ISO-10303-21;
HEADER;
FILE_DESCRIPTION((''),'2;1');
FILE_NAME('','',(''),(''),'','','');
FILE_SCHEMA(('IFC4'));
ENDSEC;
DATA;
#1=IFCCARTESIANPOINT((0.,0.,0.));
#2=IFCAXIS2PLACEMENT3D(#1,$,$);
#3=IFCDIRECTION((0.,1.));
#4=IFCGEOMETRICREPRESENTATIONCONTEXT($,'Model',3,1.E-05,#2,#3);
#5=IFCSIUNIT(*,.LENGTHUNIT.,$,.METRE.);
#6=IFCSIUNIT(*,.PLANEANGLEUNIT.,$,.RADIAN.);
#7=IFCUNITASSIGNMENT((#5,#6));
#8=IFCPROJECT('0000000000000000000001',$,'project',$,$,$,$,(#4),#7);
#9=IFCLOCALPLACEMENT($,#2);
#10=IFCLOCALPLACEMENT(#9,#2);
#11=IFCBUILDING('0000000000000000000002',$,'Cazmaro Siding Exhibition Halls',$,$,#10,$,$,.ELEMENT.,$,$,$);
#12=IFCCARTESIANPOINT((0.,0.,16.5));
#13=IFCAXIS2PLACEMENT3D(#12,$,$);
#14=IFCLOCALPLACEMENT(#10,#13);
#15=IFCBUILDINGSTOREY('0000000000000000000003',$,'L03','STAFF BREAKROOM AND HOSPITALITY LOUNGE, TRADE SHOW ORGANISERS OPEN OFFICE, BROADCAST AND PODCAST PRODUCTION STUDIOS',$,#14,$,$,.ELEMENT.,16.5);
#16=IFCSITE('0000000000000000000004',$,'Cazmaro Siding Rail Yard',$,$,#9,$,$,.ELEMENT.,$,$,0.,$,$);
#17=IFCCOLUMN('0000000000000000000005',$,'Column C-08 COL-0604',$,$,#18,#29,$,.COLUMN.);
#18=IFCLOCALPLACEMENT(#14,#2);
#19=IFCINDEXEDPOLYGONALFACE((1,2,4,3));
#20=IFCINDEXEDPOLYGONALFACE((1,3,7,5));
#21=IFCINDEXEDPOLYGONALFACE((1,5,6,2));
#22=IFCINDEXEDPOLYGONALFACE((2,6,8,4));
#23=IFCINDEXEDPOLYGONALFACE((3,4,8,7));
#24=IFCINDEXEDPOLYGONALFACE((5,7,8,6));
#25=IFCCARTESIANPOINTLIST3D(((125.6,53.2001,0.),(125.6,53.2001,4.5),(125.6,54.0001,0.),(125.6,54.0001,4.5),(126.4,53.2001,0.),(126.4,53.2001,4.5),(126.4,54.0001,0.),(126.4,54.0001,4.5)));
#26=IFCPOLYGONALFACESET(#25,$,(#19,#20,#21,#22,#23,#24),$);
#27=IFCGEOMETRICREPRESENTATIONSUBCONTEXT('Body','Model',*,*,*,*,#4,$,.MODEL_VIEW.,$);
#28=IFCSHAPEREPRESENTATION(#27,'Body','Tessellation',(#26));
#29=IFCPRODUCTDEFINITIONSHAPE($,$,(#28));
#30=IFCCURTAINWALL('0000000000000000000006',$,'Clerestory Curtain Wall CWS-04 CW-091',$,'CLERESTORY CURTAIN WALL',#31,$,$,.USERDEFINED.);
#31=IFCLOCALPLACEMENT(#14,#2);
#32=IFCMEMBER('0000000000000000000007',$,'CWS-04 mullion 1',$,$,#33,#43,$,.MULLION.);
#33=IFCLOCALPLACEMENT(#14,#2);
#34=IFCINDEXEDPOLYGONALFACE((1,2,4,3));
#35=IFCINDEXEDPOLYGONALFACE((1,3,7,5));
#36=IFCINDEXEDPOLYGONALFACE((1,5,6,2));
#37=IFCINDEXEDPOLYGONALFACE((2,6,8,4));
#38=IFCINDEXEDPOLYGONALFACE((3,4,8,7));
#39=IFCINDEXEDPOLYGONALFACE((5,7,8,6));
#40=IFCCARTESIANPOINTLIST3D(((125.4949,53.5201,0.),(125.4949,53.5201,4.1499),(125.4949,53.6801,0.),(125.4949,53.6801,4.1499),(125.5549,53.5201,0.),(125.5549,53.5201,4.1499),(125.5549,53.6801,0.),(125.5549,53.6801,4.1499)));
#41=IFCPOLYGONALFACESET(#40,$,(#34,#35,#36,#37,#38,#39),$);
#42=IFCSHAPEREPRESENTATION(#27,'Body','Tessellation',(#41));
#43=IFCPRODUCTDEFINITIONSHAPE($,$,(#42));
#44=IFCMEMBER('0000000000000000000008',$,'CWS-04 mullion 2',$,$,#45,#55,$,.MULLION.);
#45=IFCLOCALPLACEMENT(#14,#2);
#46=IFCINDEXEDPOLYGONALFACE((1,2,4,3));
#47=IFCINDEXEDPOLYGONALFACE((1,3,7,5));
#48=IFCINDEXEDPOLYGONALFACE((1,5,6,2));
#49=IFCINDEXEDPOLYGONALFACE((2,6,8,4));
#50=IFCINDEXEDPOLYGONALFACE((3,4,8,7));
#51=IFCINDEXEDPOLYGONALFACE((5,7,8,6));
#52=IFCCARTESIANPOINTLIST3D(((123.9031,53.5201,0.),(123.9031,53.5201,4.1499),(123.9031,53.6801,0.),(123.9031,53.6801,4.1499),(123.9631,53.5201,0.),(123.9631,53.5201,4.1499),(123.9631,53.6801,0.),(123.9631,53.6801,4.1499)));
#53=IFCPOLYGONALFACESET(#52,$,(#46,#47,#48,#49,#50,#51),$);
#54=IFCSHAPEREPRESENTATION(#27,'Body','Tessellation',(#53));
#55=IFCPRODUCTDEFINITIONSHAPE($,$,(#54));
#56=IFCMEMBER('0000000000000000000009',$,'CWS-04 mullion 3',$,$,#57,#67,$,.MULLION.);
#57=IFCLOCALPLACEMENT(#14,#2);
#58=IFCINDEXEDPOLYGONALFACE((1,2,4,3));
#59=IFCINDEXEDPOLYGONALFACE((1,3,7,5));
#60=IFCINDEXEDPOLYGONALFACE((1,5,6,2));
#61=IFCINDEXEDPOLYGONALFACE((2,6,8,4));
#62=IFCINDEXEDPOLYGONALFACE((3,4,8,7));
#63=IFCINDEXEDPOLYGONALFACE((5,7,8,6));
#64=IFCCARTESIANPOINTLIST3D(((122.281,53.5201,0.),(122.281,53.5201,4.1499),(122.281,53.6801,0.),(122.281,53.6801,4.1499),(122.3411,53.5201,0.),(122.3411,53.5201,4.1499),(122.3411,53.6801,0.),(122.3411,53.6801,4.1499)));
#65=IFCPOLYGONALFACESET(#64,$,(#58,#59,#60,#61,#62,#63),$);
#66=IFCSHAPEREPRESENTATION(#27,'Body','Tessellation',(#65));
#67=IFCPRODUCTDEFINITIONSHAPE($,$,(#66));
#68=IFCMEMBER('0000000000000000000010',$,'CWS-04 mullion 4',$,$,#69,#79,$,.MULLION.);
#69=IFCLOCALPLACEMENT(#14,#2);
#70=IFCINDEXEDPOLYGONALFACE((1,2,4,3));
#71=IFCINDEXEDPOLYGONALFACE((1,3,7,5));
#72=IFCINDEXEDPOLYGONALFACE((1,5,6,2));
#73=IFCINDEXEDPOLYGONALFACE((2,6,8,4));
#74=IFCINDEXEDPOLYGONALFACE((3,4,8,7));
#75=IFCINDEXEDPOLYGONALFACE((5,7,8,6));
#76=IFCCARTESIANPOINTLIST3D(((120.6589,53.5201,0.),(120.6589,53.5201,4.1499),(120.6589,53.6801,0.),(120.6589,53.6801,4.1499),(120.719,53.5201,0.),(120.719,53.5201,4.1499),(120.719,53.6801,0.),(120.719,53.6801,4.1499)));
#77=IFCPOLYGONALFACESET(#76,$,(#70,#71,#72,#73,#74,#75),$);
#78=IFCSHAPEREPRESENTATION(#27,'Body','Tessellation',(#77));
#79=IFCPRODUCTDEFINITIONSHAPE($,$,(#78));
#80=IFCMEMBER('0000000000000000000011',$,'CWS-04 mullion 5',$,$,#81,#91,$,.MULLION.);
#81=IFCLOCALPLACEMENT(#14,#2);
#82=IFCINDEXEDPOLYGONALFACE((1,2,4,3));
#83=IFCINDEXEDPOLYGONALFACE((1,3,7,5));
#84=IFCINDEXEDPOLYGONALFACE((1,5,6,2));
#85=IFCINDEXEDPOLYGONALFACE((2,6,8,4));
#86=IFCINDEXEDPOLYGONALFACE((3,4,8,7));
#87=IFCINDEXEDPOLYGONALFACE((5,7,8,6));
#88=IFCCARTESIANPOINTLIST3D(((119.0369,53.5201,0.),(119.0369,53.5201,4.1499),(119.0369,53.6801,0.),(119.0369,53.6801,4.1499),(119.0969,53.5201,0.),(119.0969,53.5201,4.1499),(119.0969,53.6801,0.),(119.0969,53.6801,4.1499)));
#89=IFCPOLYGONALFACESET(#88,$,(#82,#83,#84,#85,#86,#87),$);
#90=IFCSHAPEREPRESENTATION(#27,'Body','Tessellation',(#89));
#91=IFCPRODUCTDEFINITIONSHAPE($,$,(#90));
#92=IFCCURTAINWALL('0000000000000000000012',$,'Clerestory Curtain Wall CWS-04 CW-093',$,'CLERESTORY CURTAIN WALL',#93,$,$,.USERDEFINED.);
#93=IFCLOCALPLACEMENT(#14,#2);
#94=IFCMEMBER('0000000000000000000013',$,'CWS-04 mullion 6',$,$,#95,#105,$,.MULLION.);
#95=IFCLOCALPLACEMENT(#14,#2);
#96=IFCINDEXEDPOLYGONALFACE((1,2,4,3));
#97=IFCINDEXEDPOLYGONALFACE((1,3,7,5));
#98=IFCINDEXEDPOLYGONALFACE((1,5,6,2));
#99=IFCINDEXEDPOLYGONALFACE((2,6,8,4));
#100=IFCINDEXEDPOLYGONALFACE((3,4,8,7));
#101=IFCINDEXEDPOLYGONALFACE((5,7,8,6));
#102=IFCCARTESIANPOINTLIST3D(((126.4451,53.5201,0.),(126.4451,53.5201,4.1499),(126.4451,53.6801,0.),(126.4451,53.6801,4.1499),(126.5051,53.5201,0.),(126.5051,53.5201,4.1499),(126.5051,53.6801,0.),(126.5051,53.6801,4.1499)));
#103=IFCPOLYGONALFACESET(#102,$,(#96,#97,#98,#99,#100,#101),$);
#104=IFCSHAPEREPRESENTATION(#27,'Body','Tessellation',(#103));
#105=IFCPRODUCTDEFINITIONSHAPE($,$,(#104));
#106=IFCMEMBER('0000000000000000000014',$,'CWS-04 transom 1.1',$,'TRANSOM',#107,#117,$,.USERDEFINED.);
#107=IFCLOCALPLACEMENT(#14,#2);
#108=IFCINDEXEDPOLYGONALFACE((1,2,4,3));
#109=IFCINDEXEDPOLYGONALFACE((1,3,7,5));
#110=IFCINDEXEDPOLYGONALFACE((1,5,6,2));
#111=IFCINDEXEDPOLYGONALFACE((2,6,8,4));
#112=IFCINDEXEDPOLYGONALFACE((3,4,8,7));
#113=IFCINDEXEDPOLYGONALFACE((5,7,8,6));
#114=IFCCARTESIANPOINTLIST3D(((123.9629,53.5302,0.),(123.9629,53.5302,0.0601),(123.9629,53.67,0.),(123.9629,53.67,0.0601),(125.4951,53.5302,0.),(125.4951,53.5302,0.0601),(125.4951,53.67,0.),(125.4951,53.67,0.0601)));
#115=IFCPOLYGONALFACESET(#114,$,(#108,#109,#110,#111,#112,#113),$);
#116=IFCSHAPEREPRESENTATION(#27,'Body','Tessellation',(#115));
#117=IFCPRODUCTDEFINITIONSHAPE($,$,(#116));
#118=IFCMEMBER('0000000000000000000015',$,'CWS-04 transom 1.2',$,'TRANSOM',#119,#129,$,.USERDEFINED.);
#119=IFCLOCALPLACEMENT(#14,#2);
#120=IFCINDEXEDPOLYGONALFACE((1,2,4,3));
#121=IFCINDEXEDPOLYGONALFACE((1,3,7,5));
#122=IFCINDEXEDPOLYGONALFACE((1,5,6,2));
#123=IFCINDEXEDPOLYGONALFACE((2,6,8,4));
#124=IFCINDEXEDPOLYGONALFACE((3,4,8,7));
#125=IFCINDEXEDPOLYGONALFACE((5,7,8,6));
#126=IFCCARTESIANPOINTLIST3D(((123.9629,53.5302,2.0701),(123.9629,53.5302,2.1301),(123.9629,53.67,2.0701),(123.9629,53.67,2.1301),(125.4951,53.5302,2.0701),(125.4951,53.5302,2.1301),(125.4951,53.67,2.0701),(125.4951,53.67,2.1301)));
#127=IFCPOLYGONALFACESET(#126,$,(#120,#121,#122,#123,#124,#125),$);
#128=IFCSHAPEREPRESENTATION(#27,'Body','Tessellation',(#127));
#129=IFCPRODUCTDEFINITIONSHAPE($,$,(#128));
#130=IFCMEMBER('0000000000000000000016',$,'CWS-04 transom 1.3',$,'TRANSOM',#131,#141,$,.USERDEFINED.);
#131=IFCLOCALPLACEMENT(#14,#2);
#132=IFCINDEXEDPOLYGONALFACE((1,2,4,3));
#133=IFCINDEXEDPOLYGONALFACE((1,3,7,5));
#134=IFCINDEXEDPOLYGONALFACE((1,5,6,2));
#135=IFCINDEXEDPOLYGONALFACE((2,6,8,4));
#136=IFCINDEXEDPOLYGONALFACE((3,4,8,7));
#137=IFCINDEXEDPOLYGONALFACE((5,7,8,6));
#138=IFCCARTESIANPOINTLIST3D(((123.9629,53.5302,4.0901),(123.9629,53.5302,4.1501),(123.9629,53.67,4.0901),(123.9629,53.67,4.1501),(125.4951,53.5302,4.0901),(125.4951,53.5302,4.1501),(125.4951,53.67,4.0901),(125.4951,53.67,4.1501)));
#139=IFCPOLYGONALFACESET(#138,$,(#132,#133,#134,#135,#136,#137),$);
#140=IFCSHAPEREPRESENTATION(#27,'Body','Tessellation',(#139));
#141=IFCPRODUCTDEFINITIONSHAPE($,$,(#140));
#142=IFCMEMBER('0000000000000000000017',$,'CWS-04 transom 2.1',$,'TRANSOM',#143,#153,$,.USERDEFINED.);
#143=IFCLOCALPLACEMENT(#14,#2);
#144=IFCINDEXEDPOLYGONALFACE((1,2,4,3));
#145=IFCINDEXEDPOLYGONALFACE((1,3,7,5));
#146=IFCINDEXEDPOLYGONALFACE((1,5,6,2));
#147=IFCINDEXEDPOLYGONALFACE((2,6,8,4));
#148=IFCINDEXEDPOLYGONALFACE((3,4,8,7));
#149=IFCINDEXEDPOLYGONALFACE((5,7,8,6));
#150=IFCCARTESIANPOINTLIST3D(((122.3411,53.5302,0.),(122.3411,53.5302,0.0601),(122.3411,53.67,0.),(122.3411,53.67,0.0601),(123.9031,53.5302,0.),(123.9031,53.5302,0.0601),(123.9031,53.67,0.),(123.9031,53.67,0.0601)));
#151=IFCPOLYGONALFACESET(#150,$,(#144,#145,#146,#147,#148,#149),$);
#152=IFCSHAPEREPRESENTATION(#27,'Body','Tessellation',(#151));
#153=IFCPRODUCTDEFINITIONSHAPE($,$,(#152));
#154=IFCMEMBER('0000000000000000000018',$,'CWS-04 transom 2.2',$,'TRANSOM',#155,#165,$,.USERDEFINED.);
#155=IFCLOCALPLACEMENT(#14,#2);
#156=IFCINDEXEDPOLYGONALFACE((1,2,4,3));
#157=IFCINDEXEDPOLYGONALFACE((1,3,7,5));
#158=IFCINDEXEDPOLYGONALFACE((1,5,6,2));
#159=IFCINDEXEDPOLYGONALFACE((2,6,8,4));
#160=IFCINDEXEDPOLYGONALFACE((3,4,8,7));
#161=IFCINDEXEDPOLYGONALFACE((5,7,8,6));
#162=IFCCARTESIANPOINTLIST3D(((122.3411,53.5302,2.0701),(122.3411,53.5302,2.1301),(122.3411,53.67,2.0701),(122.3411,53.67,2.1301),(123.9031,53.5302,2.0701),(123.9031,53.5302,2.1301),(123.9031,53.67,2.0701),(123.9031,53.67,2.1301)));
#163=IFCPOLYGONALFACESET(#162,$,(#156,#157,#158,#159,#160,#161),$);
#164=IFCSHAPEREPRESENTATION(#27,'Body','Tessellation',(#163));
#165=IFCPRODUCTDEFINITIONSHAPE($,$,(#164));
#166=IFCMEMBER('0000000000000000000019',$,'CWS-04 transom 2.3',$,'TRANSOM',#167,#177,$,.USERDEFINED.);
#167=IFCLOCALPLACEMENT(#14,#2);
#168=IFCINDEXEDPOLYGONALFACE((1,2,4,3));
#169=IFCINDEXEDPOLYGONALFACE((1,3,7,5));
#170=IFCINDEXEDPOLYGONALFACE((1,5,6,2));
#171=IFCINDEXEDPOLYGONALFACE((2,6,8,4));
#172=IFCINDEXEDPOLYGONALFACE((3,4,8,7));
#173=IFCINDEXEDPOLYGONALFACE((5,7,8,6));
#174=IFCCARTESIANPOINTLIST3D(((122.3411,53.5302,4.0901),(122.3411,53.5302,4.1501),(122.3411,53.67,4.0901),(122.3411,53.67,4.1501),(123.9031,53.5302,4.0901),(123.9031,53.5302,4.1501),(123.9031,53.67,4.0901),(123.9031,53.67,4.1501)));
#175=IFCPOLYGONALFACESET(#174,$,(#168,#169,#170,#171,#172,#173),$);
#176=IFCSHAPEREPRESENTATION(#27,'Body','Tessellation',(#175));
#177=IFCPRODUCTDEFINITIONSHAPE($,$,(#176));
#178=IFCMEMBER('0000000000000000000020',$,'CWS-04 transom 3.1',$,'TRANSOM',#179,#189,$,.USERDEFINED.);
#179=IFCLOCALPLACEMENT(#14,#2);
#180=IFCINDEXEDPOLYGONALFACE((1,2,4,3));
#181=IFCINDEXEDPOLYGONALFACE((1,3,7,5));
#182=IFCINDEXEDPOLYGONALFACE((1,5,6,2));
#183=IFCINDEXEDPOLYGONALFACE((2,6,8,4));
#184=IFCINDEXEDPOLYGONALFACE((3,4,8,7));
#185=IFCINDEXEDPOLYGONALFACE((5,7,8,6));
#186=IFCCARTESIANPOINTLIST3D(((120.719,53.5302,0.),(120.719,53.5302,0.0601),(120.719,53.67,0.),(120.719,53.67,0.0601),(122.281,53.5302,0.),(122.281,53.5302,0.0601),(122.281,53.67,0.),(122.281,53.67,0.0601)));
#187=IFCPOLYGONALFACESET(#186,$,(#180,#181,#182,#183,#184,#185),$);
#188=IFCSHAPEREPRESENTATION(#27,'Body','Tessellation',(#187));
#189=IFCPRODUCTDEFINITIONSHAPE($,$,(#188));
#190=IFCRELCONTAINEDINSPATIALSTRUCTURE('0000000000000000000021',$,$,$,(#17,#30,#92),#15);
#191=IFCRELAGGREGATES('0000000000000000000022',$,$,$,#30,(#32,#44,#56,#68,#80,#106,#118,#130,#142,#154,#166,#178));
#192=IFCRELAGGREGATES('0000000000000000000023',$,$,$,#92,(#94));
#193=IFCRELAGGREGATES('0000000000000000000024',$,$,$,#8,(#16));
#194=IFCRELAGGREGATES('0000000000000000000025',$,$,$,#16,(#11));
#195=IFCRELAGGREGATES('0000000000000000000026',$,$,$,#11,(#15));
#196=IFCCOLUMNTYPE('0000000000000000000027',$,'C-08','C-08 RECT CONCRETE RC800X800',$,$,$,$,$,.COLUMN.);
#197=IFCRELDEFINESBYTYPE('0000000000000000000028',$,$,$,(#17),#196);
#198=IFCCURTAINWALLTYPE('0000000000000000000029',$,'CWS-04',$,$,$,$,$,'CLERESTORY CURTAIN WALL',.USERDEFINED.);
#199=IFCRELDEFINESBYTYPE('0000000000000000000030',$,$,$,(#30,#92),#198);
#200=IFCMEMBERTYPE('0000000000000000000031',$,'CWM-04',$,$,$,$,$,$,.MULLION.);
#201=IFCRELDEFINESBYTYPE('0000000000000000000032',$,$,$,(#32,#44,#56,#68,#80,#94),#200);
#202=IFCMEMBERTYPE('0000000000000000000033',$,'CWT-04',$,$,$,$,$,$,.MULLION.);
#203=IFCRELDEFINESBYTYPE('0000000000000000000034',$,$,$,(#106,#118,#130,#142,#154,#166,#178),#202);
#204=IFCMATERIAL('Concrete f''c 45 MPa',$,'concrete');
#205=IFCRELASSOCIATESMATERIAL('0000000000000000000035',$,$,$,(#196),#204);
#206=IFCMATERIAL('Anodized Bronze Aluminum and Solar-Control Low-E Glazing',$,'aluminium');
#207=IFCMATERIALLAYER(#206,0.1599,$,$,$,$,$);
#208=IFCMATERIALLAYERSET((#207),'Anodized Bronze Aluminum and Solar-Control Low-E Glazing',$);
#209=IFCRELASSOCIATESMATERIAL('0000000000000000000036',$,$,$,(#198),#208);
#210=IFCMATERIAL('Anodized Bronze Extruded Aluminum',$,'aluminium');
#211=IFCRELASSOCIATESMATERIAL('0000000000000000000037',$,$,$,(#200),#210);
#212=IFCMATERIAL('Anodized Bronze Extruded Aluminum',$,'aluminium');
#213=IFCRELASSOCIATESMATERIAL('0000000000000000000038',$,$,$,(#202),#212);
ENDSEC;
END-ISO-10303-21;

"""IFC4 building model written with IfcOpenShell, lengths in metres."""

from ifc_helpers import new_model, si_unit, direction, frame, origin, origin_2d, place, context, subcontext, project, spatial, rectangle, extrude, material, layer, layer_set, material_profile, profile_set, type_object, element, aggregate, save


model = new_model("IFC4")

# Units and contexts
model_context = context("Model", 3, precision=1e-05, world=origin(), true_north=direction((0.0, 1.0)))
body_context = subcontext(model_context, "Body", "Model", "MODEL_VIEW")
ifc_project = project(units=[si_unit("LENGTHUNIT", "METRE"), si_unit("PLANEANGLEUNIT", "RADIAN")], contexts=[model_context])

# Site, building, storey
site_placement = place(None, origin())
site = spatial("IfcSite", under=ifc_project, at=site_placement, Name="Cazmaro Siding Rail Yard", CompositionType="ELEMENT", RefElevation=0.0)
building_placement = place(site_placement, origin())
building = spatial("IfcBuilding", under=site, at=building_placement, Name="Cazmaro Siding Exhibition Halls", CompositionType="ELEMENT")
storey_placement = place(building_placement, frame((0.0, 0.0, 16.5)))
storey = spatial("IfcBuildingStorey", under=building, at=storey_placement, Name="L03", Description="STAFF BREAKROOM AND HOSPITALITY LOUNGE, TRADE SHOW ORGANISERS OPEN OFFICE, BROADCAST AND PODCAST PRODUCTION STUDIOS", CompositionType="ELEMENT", Elevation=16.5)

# Column
ifc_material_1 = material(Name="Concrete f'c 45 MPa", Category="concrete")
ifc_material_profile_1 = material_profile(ifc_material_1, rectangle(XDim=0.8, YDim=0.8, at=origin_2d()), Name="RC800X800")
ifc_profile_set_1 = profile_set([ifc_material_profile_1], Name="Concrete f'c 45 MPa")
column_type = type_object("IfcColumnType", Name="C-08", Description="C-08 RECT CONCRETE RC800X800", PredefinedType="COLUMN", material=ifc_profile_set_1)
column_placement = place(storey_placement, frame((126.0, 53.6001, 0.0), z_axis=(0.0, 0.0, 1.0), x_axis=(1.0, 0.0, 0.0)))
element("IfcColumn", 1, at=column_placement, inside=storey, type_object=column_type, Name="Column C-08 COL-0604", PredefinedType="COLUMN", context=body_context, shape_type="SweptSolid", body=[
    extrude(rectangle(XDim=0.8, YDim=0.8, at=origin_2d()), origin(), (0.0, 0.0, 1.0), 4.5),
])

# Curtain wall, members
ifc_material_2 = material(Name="Anodized Bronze Aluminum and Solar-Control Low-E Glazing", Category="aluminium")
ifc_layer_1 = layer(ifc_material_2, 0.1599)
ifc_layer_set_1 = layer_set([ifc_layer_1], Name="Anodized Bronze Aluminum and Solar-Control Low-E Glazing")
curtain_wall_type = type_object("IfcCurtainWallType", Name="CWS-04", ElementType="CLERESTORY CURTAIN WALL", PredefinedType="USERDEFINED", material=ifc_layer_set_1)
curtain_wall_1_placement = place(storey_placement, origin())
curtain_wall_1 = element("IfcCurtainWall", 2, at=curtain_wall_1_placement, inside=storey, type_object=curtain_wall_type, Name="Clerestory Curtain Wall CWS-04 CW-091", ObjectType="CLERESTORY CURTAIN WALL", PredefinedType="USERDEFINED")
ifc_material_3 = material(Name="Anodized Bronze Extruded Aluminum", Category="aluminium")
ifc_material_profile_2 = material_profile(ifc_material_3, rectangle(XDim=0.1599, YDim=0.0601, at=origin_2d()), Name="CWM-04")
ifc_profile_set_2 = profile_set([ifc_material_profile_2], Name="Anodized Bronze Extruded Aluminum")
member_type_1 = type_object("IfcMemberType", Name="CWM-04", PredefinedType="MULLION", material=ifc_profile_set_2)
member_1_placement = place(storey_placement, frame((125.5249, 53.6001, 0.0), z_axis=(0.0, 0.0, 1.0), x_axis=(0.0, -1.0, 0.0)))
member_1 = element("IfcMember", 3, at=member_1_placement, type_object=member_type_1, Name="CWS-04 mullion 1", PredefinedType="MULLION", context=body_context, shape_type="SweptSolid", body=[
    extrude(rectangle(XDim=0.1599, YDim=0.0601, at=origin_2d()), origin(), (0.0, 0.0, 1.0), 4.1499),
])
member_2_placement = place(storey_placement, frame((123.9331, 53.6001, 0.0), z_axis=(0.0, 0.0, 1.0), x_axis=(0.0, -1.0, 0.0)))
member_2 = element("IfcMember", 4, at=member_2_placement, type_object=member_type_1, Name="CWS-04 mullion 2", PredefinedType="MULLION", context=body_context, shape_type="SweptSolid", body=[
    extrude(rectangle(XDim=0.1599, YDim=0.0601, at=origin_2d()), origin(), (0.0, 0.0, 1.0), 4.1499),
])
member_3_placement = place(storey_placement, frame((122.311, 53.6001, 0.0), z_axis=(0.0, 0.0, 1.0), x_axis=(0.0, -1.0, 0.0)))
member_3 = element("IfcMember", 5, at=member_3_placement, type_object=member_type_1, Name="CWS-04 mullion 3", PredefinedType="MULLION", context=body_context, shape_type="SweptSolid", body=[
    extrude(rectangle(XDim=0.1599, YDim=0.0601, at=origin_2d()), origin(), (0.0, 0.0, 1.0), 4.1499),
])
member_4_placement = place(storey_placement, frame((120.689, 53.6001, 0.0), z_axis=(0.0, 0.0, 1.0), x_axis=(0.0, -1.0, 0.0)))
member_4 = element("IfcMember", 6, at=member_4_placement, type_object=member_type_1, Name="CWS-04 mullion 4", PredefinedType="MULLION", context=body_context, shape_type="SweptSolid", body=[
    extrude(rectangle(XDim=0.1599, YDim=0.0601, at=origin_2d()), origin(), (0.0, 0.0, 1.0), 4.1499),
])
member_5_placement = place(storey_placement, frame((119.0669, 53.6001, 0.0), z_axis=(0.0, 0.0, 1.0), x_axis=(0.0, -1.0, 0.0)))
member_5 = element("IfcMember", 7, at=member_5_placement, type_object=member_type_1, Name="CWS-04 mullion 5", PredefinedType="MULLION", context=body_context, shape_type="SweptSolid", body=[
    extrude(rectangle(XDim=0.1599, YDim=0.0601, at=origin_2d()), origin(), (0.0, 0.0, 1.0), 4.1499),
])

# Curtain wall, member
curtain_wall_2_placement = place(storey_placement, origin())
curtain_wall_2 = element("IfcCurtainWall", 8, at=curtain_wall_2_placement, inside=storey, type_object=curtain_wall_type, Name="Clerestory Curtain Wall CWS-04 CW-093", ObjectType="CLERESTORY CURTAIN WALL", PredefinedType="USERDEFINED")
member_6_placement = place(storey_placement, frame((126.4751, 53.6001, 0.0), z_axis=(0.0, 0.0, 1.0), x_axis=(0.0, -1.0, 0.0)))
member_6 = element("IfcMember", 9, at=member_6_placement, type_object=member_type_1, Name="CWS-04 mullion 6", PredefinedType="MULLION", context=body_context, shape_type="SweptSolid", body=[
    extrude(rectangle(XDim=0.1599, YDim=0.0601, at=origin_2d()), origin(), (0.0, 0.0, 1.0), 4.1499),
])

# Members
ifc_material_4 = material(Name="Anodized Bronze Extruded Aluminum", Category="aluminium")
ifc_material_profile_3 = material_profile(ifc_material_4, rectangle(XDim=0.1399, YDim=0.0601, at=origin_2d()), Name="CWT-04")
ifc_profile_set_3 = profile_set([ifc_material_profile_3], Name="Anodized Bronze Extruded Aluminum")
member_type_2 = type_object("IfcMemberType", Name="CWT-04", PredefinedType="MULLION", material=ifc_profile_set_3)
member_7_placement = place(storey_placement, frame((125.4951, 53.6001, 0.03), z_axis=(-1.0, 0.0, 0.0), x_axis=(0.0, -1.0, 0.0)))
member_7 = element("IfcMember", 10, at=member_7_placement, type_object=member_type_2, Name="CWS-04 transom 1.1", ObjectType="TRANSOM", PredefinedType="USERDEFINED", context=body_context, shape_type="SweptSolid", body=[
    extrude(rectangle(XDim=0.1399, YDim=0.0601, at=origin_2d()), origin(), (0.0, 0.0, 1.0), 1.5322),
])
member_8_placement = place(storey_placement, frame((125.4951, 53.6001, 2.1001), z_axis=(-1.0, 0.0, 0.0), x_axis=(0.0, -1.0, 0.0)))
member_8 = element("IfcMember", 11, at=member_8_placement, type_object=member_type_2, Name="CWS-04 transom 1.2", ObjectType="TRANSOM", PredefinedType="USERDEFINED", context=body_context, shape_type="SweptSolid", body=[
    extrude(rectangle(XDim=0.1399, YDim=0.0601, at=origin_2d()), origin(), (0.0, 0.0, 1.0), 1.5322),
])
member_9_placement = place(storey_placement, frame((125.4951, 53.6001, 4.1201), z_axis=(-1.0, 0.0, 0.0), x_axis=(0.0, -1.0, 0.0)))
member_9 = element("IfcMember", 12, at=member_9_placement, type_object=member_type_2, Name="CWS-04 transom 1.3", ObjectType="TRANSOM", PredefinedType="USERDEFINED", context=body_context, shape_type="SweptSolid", body=[
    extrude(rectangle(XDim=0.1399, YDim=0.0601, at=origin_2d()), origin(), (0.0, 0.0, 1.0), 1.5322),
])
member_10_placement = place(storey_placement, frame((123.9031, 53.6001, 0.03), z_axis=(-1.0, 0.0, 0.0), x_axis=(0.0, -1.0, 0.0)))
member_10 = element("IfcMember", 13, at=member_10_placement, type_object=member_type_2, Name="CWS-04 transom 2.1", ObjectType="TRANSOM", PredefinedType="USERDEFINED", context=body_context, shape_type="SweptSolid", body=[
    extrude(rectangle(XDim=0.1399, YDim=0.0601, at=origin_2d()), origin(), (0.0, 0.0, 1.0), 1.562),
])
member_11_placement = place(storey_placement, frame((123.9031, 53.6001, 2.1001), z_axis=(-1.0, 0.0, 0.0), x_axis=(0.0, -1.0, 0.0)))
member_11 = element("IfcMember", 14, at=member_11_placement, type_object=member_type_2, Name="CWS-04 transom 2.2", ObjectType="TRANSOM", PredefinedType="USERDEFINED", context=body_context, shape_type="SweptSolid", body=[
    extrude(rectangle(XDim=0.1399, YDim=0.0601, at=origin_2d()), origin(), (0.0, 0.0, 1.0), 1.562),
])
member_12_placement = place(storey_placement, frame((123.9031, 53.6001, 4.1201), z_axis=(-1.0, 0.0, 0.0), x_axis=(0.0, -1.0, 0.0)))
member_12 = element("IfcMember", 15, at=member_12_placement, type_object=member_type_2, Name="CWS-04 transom 2.3", ObjectType="TRANSOM", PredefinedType="USERDEFINED", context=body_context, shape_type="SweptSolid", body=[
    extrude(rectangle(XDim=0.1399, YDim=0.0601, at=origin_2d()), origin(), (0.0, 0.0, 1.0), 1.562),
])
member_13_placement = place(storey_placement, frame((122.281, 53.6001, 0.03), z_axis=(-1.0, 0.0, 0.0), x_axis=(0.0, -1.0, 0.0)))
member_13 = element("IfcMember", 16, at=member_13_placement, type_object=member_type_2, Name="CWS-04 transom 3.1", ObjectType="TRANSOM", PredefinedType="USERDEFINED", context=body_context, shape_type="SweptSolid", body=[
    extrude(rectangle(XDim=0.1399, YDim=0.0601, at=origin_2d()), origin(), (0.0, 0.0, 1.0), 1.562),
])

aggregate(curtain_wall_1, [member_1, member_2, member_3, member_4, member_5, member_7, member_8, member_9, member_10, member_11, member_12, member_13])
aggregate(curtain_wall_2, [member_6])

save(model, "model.ifc")
